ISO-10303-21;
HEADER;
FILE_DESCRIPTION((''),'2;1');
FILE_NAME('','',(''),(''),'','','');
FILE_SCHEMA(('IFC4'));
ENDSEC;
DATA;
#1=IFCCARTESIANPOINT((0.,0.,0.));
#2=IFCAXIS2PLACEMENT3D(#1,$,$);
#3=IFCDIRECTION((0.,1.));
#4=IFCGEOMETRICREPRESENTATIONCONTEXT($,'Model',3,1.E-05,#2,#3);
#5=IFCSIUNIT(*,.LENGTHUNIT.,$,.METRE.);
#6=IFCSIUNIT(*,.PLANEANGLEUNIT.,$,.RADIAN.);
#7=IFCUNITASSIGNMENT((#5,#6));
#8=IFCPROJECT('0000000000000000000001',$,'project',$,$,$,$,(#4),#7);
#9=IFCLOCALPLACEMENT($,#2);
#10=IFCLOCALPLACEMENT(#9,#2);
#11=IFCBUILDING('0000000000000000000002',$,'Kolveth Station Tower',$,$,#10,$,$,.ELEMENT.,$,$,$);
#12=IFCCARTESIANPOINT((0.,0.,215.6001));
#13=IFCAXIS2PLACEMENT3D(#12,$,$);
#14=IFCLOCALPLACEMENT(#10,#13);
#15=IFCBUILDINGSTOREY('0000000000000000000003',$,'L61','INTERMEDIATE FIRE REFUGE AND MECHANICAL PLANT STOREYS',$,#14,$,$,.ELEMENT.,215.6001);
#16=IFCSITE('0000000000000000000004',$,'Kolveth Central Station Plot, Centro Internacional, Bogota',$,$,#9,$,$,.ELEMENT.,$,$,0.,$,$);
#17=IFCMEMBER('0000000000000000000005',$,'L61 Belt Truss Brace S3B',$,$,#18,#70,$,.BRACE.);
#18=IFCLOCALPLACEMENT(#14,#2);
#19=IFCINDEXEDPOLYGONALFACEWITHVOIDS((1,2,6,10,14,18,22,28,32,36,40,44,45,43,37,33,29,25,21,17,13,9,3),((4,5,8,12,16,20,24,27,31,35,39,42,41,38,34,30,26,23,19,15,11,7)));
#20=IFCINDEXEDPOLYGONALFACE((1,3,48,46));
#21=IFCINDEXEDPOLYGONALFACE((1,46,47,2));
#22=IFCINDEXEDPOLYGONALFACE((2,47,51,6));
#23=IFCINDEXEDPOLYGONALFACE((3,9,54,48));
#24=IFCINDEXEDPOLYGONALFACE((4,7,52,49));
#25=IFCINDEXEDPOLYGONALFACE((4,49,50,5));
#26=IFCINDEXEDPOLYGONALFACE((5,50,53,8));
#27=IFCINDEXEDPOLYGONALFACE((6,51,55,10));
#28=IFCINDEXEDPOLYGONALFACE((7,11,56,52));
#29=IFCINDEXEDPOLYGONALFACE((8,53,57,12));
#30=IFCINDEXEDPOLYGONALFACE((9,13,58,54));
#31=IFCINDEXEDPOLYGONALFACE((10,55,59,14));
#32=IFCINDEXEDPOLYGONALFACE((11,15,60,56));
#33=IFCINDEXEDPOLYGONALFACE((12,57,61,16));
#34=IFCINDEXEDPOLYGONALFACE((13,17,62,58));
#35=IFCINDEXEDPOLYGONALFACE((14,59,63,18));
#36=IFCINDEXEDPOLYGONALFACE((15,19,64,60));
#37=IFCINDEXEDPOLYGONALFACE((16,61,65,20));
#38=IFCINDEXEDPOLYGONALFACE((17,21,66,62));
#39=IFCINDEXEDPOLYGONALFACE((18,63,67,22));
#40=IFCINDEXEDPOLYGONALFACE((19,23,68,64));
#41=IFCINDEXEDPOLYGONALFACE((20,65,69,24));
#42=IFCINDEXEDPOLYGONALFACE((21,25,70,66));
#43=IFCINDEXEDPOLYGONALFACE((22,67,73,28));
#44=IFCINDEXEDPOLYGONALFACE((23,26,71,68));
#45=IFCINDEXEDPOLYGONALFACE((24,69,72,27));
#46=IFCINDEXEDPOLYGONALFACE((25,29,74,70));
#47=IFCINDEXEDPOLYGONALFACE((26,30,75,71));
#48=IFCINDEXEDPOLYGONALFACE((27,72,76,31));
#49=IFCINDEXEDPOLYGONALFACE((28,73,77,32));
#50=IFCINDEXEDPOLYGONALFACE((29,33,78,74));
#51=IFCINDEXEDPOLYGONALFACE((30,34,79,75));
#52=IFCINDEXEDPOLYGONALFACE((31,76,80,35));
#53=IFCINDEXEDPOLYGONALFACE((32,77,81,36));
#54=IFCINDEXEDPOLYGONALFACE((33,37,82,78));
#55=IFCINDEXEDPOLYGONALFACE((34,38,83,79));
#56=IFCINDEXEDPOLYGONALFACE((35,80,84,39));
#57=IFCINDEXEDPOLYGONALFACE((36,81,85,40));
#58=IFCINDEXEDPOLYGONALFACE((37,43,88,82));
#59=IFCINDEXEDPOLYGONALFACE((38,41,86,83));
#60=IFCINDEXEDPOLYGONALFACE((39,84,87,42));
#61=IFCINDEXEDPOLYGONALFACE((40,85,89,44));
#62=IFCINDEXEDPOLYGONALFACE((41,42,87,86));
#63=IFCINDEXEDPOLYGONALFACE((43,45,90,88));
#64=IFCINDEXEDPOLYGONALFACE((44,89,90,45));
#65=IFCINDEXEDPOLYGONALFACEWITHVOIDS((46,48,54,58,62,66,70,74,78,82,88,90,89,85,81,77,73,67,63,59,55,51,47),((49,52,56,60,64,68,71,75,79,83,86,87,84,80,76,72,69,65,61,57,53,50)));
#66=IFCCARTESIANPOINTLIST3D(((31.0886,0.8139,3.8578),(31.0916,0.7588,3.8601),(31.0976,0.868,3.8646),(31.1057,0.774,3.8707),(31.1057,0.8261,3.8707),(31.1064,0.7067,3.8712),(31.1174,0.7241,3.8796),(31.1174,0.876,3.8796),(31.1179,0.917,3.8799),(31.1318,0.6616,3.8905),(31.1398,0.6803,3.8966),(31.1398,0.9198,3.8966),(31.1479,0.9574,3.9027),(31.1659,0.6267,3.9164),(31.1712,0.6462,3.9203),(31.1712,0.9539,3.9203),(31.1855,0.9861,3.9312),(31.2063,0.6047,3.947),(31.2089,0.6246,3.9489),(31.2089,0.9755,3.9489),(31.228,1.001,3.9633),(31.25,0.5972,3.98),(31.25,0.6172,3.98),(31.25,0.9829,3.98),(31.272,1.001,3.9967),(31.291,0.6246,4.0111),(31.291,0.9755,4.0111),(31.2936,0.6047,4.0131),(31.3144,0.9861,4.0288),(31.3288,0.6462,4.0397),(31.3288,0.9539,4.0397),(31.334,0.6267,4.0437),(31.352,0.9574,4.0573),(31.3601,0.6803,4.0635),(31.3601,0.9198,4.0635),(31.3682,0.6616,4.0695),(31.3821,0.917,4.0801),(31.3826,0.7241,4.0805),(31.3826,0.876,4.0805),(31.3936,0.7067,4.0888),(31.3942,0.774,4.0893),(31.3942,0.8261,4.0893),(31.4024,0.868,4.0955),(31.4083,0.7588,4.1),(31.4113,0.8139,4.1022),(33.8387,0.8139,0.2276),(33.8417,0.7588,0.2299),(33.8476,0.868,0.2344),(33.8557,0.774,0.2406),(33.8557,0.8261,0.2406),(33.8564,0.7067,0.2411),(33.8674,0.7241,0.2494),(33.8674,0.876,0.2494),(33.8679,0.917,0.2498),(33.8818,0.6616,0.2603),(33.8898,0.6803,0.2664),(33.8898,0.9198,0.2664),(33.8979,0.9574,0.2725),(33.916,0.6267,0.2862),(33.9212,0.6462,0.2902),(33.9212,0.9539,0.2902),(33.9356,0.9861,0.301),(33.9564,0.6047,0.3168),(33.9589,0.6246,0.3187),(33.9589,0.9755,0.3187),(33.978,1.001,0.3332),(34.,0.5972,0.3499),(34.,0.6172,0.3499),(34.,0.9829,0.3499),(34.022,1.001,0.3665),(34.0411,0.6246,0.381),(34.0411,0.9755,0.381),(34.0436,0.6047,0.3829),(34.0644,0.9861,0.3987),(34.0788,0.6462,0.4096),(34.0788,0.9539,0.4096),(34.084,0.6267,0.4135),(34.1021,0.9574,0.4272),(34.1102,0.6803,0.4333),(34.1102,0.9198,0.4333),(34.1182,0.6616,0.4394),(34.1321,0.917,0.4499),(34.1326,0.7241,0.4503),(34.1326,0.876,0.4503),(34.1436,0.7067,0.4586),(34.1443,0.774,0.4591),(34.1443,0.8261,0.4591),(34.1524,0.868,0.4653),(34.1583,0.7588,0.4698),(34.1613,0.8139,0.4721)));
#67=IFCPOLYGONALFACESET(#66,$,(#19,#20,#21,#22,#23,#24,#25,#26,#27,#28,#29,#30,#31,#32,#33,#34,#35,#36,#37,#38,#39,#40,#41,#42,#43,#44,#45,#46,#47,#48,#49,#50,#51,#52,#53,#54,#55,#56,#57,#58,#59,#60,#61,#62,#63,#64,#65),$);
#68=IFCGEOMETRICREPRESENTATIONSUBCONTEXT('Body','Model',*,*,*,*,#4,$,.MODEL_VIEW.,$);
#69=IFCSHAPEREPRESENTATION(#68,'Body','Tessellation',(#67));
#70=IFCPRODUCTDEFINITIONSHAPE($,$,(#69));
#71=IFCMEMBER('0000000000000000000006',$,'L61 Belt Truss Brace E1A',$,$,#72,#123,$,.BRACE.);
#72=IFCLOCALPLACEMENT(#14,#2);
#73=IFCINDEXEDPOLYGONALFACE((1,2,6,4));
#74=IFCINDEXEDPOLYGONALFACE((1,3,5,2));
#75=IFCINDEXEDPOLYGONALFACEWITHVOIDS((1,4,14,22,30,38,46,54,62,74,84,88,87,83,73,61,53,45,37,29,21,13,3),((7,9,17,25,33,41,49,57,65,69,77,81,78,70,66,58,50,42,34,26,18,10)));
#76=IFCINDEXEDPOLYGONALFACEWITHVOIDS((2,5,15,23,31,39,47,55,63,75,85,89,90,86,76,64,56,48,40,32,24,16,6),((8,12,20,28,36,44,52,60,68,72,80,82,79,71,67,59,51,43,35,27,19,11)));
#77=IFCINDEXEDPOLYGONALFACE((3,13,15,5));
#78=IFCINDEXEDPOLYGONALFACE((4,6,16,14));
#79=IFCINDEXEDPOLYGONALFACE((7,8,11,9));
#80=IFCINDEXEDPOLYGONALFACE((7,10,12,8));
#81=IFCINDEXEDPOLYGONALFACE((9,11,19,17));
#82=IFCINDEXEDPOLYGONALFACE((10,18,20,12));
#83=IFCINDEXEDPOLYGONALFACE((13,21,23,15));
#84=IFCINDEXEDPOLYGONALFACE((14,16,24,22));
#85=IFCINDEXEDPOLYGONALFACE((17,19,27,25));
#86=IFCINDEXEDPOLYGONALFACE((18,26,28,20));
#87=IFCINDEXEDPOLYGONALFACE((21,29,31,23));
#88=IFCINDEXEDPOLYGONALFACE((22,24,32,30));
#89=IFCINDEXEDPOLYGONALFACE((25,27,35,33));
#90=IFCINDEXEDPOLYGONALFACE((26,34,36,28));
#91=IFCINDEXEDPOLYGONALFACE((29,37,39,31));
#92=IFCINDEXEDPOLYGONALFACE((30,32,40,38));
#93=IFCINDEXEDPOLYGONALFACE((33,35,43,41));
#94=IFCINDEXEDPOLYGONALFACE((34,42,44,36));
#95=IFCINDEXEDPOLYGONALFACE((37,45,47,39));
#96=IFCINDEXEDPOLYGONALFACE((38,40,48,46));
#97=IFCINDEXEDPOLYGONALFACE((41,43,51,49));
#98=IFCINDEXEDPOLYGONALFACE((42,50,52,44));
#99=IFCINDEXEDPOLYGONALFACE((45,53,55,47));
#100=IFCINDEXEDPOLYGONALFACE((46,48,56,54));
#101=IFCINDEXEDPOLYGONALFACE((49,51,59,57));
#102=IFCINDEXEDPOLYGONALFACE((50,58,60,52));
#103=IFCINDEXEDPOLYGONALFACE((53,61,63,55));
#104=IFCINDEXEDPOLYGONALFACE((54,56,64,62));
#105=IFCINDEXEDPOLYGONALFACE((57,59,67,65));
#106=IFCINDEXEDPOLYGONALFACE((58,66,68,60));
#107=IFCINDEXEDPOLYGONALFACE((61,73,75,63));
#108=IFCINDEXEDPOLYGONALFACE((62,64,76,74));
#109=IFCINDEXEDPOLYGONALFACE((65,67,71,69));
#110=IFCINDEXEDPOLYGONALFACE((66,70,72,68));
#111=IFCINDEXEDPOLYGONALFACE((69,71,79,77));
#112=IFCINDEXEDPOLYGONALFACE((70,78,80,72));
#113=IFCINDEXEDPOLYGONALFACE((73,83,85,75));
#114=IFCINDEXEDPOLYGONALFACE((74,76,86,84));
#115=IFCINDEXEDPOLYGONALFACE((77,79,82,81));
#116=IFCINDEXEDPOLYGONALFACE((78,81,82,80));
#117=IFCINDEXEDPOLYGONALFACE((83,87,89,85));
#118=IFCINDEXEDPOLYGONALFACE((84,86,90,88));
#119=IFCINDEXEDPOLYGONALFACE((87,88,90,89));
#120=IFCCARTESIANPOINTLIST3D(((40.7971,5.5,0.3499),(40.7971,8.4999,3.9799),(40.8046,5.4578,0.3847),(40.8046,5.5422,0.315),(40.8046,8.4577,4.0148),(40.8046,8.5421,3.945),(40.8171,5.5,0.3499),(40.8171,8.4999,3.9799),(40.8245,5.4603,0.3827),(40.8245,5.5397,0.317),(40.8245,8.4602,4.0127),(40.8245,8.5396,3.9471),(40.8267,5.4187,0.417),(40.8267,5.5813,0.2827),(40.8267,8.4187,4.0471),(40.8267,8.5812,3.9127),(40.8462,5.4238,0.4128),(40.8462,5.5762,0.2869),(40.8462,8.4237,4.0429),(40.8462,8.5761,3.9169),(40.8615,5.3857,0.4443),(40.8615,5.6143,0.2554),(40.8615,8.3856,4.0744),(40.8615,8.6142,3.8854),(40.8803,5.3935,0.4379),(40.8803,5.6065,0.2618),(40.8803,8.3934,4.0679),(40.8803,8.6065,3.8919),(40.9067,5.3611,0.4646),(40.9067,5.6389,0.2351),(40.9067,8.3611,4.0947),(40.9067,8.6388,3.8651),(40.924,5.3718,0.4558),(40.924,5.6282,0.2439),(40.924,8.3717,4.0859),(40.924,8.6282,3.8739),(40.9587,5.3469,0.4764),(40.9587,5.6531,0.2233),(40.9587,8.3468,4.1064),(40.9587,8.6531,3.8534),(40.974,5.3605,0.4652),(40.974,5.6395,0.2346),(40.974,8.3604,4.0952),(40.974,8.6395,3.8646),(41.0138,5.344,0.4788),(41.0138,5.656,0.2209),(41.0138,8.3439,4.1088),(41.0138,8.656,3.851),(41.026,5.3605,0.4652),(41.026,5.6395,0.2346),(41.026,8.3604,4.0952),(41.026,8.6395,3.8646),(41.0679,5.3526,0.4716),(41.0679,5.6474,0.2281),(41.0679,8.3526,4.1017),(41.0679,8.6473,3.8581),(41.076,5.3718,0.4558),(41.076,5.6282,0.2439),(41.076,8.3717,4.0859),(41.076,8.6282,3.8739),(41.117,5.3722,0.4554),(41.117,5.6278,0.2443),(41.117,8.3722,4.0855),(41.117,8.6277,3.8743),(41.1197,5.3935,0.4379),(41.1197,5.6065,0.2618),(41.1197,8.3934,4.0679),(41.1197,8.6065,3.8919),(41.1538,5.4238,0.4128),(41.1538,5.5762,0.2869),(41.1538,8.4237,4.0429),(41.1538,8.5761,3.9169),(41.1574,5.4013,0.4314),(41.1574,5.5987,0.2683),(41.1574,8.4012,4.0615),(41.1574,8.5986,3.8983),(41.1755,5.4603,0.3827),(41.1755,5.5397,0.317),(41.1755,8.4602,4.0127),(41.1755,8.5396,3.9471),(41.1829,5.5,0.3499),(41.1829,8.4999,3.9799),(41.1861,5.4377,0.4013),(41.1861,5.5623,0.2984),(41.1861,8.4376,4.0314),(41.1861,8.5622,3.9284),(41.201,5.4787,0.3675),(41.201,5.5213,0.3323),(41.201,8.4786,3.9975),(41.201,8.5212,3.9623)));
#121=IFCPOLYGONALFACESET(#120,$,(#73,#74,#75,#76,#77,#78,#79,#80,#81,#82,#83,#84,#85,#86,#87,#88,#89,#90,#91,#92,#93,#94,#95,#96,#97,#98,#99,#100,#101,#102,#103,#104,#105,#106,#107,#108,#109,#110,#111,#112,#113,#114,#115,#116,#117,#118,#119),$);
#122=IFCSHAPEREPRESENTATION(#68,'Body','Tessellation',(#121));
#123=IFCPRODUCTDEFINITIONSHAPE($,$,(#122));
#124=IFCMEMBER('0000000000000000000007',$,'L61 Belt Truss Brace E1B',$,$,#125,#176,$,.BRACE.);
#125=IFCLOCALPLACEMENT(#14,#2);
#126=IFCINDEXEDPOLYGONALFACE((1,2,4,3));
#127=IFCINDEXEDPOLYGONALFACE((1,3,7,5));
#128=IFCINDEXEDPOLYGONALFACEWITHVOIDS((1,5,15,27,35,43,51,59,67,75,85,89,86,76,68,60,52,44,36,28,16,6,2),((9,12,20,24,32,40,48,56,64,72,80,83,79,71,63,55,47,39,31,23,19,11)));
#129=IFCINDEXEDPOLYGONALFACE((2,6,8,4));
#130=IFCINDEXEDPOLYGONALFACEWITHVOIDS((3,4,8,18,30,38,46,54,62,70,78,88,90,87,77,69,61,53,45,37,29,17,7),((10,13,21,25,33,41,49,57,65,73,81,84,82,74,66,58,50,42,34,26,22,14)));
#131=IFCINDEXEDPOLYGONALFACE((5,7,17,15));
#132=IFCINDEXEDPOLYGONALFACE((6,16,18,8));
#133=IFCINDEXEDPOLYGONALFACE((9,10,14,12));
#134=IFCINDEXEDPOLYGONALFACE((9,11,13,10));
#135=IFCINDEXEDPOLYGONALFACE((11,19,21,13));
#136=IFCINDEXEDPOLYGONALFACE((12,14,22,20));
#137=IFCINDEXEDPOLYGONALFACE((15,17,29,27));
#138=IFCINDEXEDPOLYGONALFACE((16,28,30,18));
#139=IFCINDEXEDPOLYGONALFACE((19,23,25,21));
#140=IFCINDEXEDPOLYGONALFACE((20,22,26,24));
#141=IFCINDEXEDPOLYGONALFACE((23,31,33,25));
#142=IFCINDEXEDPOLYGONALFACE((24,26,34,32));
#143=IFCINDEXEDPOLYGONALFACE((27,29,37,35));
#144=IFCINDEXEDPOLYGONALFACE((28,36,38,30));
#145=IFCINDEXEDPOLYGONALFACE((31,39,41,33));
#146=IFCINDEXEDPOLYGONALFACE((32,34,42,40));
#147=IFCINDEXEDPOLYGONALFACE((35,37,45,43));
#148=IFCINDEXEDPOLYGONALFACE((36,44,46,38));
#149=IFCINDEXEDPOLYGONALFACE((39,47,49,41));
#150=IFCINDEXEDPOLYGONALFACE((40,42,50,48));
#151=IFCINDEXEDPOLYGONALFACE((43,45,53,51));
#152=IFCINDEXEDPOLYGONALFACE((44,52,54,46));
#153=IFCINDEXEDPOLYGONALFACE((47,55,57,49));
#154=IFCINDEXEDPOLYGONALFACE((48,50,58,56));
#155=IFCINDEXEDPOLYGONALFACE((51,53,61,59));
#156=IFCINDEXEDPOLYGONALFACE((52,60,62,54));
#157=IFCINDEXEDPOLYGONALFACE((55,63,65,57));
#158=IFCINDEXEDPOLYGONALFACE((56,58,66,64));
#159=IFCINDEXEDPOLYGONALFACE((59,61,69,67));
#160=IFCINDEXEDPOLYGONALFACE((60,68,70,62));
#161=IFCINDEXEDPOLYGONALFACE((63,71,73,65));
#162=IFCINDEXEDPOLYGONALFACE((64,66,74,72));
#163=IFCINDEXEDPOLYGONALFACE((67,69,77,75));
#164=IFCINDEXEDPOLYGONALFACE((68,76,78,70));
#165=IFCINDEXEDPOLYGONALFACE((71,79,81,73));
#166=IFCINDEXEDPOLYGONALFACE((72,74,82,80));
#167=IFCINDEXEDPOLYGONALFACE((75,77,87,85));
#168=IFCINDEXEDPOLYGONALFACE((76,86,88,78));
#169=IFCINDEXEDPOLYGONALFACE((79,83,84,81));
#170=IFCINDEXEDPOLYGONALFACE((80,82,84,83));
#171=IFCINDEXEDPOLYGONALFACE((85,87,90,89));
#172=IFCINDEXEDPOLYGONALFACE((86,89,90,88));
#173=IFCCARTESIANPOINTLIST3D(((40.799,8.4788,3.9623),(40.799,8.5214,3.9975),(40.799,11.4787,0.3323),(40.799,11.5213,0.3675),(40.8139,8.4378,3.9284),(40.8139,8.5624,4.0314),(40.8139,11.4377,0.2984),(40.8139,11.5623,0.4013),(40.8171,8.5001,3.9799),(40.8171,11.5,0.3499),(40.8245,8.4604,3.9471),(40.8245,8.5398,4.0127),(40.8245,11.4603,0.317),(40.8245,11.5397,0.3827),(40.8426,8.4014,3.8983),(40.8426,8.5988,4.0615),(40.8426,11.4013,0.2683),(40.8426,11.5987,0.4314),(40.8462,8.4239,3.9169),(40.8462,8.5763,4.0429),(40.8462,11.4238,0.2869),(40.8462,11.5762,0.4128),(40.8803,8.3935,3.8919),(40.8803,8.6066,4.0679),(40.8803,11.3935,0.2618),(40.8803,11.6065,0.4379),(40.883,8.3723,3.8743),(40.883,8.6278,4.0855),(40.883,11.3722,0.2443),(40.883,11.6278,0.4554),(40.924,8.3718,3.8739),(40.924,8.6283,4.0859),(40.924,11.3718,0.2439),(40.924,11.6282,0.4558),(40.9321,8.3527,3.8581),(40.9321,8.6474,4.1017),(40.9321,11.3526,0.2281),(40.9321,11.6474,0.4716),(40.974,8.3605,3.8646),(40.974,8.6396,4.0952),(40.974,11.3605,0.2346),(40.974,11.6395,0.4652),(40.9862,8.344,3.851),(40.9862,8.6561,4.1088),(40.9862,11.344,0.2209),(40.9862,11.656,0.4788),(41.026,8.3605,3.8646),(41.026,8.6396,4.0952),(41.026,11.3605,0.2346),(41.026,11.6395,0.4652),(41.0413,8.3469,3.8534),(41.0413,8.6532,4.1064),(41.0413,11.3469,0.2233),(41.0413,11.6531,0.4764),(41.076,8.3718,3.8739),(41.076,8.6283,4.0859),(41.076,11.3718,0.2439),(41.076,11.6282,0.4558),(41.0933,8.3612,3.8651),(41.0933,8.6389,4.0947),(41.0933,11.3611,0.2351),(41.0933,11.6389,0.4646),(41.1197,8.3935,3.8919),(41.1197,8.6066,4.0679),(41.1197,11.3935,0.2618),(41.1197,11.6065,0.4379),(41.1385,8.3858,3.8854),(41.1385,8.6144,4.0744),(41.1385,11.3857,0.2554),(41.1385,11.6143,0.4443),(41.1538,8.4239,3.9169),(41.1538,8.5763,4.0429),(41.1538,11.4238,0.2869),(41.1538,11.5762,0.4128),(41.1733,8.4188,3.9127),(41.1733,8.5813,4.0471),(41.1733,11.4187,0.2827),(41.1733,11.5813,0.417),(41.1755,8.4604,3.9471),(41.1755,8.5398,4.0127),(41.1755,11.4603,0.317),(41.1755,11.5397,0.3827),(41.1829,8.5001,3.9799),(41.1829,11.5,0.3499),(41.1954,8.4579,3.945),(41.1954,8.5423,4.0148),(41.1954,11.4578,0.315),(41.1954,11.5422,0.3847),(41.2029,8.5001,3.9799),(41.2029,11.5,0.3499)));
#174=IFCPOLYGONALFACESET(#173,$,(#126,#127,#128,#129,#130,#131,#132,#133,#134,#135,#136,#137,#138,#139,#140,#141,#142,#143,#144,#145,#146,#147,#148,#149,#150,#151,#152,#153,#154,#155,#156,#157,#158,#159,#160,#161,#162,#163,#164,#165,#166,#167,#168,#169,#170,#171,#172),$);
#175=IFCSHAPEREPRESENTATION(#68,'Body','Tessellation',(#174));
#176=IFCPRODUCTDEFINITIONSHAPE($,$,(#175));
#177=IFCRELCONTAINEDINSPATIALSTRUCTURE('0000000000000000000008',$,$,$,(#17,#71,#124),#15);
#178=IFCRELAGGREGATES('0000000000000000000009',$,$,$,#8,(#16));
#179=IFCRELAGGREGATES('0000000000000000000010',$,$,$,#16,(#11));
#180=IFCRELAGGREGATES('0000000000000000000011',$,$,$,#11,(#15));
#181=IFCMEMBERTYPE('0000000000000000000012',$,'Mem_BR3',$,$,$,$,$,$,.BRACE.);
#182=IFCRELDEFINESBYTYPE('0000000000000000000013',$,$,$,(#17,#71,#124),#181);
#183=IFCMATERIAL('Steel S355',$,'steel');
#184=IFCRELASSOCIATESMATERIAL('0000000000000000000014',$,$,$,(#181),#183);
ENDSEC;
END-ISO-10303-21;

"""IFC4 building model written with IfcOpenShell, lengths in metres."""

from ifc_helpers import new_model, si_unit, direction, frame, origin, origin_2d, place, context, subcontext, project, spatial, hollow_circle, extrude, source, transform, mapped, material, material_profile, profile_set, type_object, element, save


model = new_model("IFC4")

# Units and contexts
model_context = context("Model", 3, precision=1e-05, world=origin(), true_north=direction((0.0, 1.0)))
body_context = subcontext(model_context, "Body", "Model", "MODEL_VIEW")
ifc_project = project(units=[si_unit("LENGTHUNIT", "METRE"), si_unit("PLANEANGLEUNIT", "RADIAN")], contexts=[model_context])

# Site, building, storey
site_placement = place(None, origin())
site = spatial("IfcSite", under=ifc_project, at=site_placement, Name="Kolveth Central Station Plot, Centro Internacional, Bogota", CompositionType="ELEMENT", RefElevation=0.0)
building_placement = place(site_placement, origin())
building = spatial("IfcBuilding", under=site, at=building_placement, Name="Kolveth Station Tower", CompositionType="ELEMENT")
storey_placement = place(building_placement, frame((0.0, 0.0, 215.6001)))
storey = spatial("IfcBuildingStorey", under=building, at=storey_placement, Name="L61", Description="INTERMEDIATE FIRE REFUGE AND MECHANICAL PLANT STOREYS", CompositionType="ELEMENT", Elevation=215.6001)

# Shared definitions
ifc_material_1 = material(Name="Steel S355", Category="steel")

# Members
ifc_material_profile_1 = material_profile(ifc_material_1, hollow_circle(Radius=0.2029, WallThickness=0.02, at=origin_2d()), Name="CHS406x20")
ifc_profile_set_1 = profile_set([ifc_material_profile_1], Name="Steel S355")
member_type_1 = type_object("IfcMemberType", Name="Mem_BR3", PredefinedType="BRACE", material=ifc_profile_set_1)
shared_shape_1 = source(origin(), body_context, "Body", "SweptSolid", [
    extrude(hollow_circle(Radius=0.2029, WallThickness=0.02, at=origin_2d()), origin(), (0.0, 0.0, 1.0), 4.5542),
])
member_placement = place(storey_placement, frame((34.0, 0.8, 0.3499), z_axis=(-0.603844, 0.0, 0.797102), x_axis=(0.0, -1.0, 0.0)))
element("IfcMember", 1, at=member_placement, inside=storey, type_object=member_type_1, Name="L61 Belt Truss Brace S3B", PredefinedType="BRACE", context=body_context, shape_type="MappedRepresentation", body=[
    mapped(shared_shape_1, transform((0.0, 0.0, 0.0), x_axis=(1.0, 0.0, 0.0), y_axis=(0.0, 1.0, 0.0), z_axis=(0.0, 0.0, 1.0), scale=1.0)),
])
shared_shape_2 = source(origin(), body_context, "Body", "SweptSolid", [
    extrude(hollow_circle(Radius=0.2029, WallThickness=0.02, at=origin_2d()), origin(), (0.0, 0.0, 1.0), 4.7092),
])
for number, where, z_axis, x_axis, name in (
    (2, (41.0, 5.5, 0.3499), (0.0, 0.637033, 0.770837), (-1.0, 0.0, 0.0), "L61 Belt Truss Brace E1A"),
    (3, (41.0, 11.5, 0.3499), (0.0, -0.637033, 0.770837), (1.0, 0.0, 0.0), "L61 Belt Truss Brace E1B"),
):
    element("IfcMember", number, at=place(storey_placement, frame(where, z_axis=z_axis, x_axis=x_axis)), inside=storey, type_object=member_type_1, Name=name, PredefinedType="BRACE", context=body_context, shape_type="MappedRepresentation", body=[
        mapped(shared_shape_2, transform((0.0, 0.0, 0.0), x_axis=(1.0, 0.0, 0.0), y_axis=(0.0, 1.0, 0.0), z_axis=(0.0, 0.0, 1.0), scale=1.0)),
    ])

save(model, "model.ifc")
